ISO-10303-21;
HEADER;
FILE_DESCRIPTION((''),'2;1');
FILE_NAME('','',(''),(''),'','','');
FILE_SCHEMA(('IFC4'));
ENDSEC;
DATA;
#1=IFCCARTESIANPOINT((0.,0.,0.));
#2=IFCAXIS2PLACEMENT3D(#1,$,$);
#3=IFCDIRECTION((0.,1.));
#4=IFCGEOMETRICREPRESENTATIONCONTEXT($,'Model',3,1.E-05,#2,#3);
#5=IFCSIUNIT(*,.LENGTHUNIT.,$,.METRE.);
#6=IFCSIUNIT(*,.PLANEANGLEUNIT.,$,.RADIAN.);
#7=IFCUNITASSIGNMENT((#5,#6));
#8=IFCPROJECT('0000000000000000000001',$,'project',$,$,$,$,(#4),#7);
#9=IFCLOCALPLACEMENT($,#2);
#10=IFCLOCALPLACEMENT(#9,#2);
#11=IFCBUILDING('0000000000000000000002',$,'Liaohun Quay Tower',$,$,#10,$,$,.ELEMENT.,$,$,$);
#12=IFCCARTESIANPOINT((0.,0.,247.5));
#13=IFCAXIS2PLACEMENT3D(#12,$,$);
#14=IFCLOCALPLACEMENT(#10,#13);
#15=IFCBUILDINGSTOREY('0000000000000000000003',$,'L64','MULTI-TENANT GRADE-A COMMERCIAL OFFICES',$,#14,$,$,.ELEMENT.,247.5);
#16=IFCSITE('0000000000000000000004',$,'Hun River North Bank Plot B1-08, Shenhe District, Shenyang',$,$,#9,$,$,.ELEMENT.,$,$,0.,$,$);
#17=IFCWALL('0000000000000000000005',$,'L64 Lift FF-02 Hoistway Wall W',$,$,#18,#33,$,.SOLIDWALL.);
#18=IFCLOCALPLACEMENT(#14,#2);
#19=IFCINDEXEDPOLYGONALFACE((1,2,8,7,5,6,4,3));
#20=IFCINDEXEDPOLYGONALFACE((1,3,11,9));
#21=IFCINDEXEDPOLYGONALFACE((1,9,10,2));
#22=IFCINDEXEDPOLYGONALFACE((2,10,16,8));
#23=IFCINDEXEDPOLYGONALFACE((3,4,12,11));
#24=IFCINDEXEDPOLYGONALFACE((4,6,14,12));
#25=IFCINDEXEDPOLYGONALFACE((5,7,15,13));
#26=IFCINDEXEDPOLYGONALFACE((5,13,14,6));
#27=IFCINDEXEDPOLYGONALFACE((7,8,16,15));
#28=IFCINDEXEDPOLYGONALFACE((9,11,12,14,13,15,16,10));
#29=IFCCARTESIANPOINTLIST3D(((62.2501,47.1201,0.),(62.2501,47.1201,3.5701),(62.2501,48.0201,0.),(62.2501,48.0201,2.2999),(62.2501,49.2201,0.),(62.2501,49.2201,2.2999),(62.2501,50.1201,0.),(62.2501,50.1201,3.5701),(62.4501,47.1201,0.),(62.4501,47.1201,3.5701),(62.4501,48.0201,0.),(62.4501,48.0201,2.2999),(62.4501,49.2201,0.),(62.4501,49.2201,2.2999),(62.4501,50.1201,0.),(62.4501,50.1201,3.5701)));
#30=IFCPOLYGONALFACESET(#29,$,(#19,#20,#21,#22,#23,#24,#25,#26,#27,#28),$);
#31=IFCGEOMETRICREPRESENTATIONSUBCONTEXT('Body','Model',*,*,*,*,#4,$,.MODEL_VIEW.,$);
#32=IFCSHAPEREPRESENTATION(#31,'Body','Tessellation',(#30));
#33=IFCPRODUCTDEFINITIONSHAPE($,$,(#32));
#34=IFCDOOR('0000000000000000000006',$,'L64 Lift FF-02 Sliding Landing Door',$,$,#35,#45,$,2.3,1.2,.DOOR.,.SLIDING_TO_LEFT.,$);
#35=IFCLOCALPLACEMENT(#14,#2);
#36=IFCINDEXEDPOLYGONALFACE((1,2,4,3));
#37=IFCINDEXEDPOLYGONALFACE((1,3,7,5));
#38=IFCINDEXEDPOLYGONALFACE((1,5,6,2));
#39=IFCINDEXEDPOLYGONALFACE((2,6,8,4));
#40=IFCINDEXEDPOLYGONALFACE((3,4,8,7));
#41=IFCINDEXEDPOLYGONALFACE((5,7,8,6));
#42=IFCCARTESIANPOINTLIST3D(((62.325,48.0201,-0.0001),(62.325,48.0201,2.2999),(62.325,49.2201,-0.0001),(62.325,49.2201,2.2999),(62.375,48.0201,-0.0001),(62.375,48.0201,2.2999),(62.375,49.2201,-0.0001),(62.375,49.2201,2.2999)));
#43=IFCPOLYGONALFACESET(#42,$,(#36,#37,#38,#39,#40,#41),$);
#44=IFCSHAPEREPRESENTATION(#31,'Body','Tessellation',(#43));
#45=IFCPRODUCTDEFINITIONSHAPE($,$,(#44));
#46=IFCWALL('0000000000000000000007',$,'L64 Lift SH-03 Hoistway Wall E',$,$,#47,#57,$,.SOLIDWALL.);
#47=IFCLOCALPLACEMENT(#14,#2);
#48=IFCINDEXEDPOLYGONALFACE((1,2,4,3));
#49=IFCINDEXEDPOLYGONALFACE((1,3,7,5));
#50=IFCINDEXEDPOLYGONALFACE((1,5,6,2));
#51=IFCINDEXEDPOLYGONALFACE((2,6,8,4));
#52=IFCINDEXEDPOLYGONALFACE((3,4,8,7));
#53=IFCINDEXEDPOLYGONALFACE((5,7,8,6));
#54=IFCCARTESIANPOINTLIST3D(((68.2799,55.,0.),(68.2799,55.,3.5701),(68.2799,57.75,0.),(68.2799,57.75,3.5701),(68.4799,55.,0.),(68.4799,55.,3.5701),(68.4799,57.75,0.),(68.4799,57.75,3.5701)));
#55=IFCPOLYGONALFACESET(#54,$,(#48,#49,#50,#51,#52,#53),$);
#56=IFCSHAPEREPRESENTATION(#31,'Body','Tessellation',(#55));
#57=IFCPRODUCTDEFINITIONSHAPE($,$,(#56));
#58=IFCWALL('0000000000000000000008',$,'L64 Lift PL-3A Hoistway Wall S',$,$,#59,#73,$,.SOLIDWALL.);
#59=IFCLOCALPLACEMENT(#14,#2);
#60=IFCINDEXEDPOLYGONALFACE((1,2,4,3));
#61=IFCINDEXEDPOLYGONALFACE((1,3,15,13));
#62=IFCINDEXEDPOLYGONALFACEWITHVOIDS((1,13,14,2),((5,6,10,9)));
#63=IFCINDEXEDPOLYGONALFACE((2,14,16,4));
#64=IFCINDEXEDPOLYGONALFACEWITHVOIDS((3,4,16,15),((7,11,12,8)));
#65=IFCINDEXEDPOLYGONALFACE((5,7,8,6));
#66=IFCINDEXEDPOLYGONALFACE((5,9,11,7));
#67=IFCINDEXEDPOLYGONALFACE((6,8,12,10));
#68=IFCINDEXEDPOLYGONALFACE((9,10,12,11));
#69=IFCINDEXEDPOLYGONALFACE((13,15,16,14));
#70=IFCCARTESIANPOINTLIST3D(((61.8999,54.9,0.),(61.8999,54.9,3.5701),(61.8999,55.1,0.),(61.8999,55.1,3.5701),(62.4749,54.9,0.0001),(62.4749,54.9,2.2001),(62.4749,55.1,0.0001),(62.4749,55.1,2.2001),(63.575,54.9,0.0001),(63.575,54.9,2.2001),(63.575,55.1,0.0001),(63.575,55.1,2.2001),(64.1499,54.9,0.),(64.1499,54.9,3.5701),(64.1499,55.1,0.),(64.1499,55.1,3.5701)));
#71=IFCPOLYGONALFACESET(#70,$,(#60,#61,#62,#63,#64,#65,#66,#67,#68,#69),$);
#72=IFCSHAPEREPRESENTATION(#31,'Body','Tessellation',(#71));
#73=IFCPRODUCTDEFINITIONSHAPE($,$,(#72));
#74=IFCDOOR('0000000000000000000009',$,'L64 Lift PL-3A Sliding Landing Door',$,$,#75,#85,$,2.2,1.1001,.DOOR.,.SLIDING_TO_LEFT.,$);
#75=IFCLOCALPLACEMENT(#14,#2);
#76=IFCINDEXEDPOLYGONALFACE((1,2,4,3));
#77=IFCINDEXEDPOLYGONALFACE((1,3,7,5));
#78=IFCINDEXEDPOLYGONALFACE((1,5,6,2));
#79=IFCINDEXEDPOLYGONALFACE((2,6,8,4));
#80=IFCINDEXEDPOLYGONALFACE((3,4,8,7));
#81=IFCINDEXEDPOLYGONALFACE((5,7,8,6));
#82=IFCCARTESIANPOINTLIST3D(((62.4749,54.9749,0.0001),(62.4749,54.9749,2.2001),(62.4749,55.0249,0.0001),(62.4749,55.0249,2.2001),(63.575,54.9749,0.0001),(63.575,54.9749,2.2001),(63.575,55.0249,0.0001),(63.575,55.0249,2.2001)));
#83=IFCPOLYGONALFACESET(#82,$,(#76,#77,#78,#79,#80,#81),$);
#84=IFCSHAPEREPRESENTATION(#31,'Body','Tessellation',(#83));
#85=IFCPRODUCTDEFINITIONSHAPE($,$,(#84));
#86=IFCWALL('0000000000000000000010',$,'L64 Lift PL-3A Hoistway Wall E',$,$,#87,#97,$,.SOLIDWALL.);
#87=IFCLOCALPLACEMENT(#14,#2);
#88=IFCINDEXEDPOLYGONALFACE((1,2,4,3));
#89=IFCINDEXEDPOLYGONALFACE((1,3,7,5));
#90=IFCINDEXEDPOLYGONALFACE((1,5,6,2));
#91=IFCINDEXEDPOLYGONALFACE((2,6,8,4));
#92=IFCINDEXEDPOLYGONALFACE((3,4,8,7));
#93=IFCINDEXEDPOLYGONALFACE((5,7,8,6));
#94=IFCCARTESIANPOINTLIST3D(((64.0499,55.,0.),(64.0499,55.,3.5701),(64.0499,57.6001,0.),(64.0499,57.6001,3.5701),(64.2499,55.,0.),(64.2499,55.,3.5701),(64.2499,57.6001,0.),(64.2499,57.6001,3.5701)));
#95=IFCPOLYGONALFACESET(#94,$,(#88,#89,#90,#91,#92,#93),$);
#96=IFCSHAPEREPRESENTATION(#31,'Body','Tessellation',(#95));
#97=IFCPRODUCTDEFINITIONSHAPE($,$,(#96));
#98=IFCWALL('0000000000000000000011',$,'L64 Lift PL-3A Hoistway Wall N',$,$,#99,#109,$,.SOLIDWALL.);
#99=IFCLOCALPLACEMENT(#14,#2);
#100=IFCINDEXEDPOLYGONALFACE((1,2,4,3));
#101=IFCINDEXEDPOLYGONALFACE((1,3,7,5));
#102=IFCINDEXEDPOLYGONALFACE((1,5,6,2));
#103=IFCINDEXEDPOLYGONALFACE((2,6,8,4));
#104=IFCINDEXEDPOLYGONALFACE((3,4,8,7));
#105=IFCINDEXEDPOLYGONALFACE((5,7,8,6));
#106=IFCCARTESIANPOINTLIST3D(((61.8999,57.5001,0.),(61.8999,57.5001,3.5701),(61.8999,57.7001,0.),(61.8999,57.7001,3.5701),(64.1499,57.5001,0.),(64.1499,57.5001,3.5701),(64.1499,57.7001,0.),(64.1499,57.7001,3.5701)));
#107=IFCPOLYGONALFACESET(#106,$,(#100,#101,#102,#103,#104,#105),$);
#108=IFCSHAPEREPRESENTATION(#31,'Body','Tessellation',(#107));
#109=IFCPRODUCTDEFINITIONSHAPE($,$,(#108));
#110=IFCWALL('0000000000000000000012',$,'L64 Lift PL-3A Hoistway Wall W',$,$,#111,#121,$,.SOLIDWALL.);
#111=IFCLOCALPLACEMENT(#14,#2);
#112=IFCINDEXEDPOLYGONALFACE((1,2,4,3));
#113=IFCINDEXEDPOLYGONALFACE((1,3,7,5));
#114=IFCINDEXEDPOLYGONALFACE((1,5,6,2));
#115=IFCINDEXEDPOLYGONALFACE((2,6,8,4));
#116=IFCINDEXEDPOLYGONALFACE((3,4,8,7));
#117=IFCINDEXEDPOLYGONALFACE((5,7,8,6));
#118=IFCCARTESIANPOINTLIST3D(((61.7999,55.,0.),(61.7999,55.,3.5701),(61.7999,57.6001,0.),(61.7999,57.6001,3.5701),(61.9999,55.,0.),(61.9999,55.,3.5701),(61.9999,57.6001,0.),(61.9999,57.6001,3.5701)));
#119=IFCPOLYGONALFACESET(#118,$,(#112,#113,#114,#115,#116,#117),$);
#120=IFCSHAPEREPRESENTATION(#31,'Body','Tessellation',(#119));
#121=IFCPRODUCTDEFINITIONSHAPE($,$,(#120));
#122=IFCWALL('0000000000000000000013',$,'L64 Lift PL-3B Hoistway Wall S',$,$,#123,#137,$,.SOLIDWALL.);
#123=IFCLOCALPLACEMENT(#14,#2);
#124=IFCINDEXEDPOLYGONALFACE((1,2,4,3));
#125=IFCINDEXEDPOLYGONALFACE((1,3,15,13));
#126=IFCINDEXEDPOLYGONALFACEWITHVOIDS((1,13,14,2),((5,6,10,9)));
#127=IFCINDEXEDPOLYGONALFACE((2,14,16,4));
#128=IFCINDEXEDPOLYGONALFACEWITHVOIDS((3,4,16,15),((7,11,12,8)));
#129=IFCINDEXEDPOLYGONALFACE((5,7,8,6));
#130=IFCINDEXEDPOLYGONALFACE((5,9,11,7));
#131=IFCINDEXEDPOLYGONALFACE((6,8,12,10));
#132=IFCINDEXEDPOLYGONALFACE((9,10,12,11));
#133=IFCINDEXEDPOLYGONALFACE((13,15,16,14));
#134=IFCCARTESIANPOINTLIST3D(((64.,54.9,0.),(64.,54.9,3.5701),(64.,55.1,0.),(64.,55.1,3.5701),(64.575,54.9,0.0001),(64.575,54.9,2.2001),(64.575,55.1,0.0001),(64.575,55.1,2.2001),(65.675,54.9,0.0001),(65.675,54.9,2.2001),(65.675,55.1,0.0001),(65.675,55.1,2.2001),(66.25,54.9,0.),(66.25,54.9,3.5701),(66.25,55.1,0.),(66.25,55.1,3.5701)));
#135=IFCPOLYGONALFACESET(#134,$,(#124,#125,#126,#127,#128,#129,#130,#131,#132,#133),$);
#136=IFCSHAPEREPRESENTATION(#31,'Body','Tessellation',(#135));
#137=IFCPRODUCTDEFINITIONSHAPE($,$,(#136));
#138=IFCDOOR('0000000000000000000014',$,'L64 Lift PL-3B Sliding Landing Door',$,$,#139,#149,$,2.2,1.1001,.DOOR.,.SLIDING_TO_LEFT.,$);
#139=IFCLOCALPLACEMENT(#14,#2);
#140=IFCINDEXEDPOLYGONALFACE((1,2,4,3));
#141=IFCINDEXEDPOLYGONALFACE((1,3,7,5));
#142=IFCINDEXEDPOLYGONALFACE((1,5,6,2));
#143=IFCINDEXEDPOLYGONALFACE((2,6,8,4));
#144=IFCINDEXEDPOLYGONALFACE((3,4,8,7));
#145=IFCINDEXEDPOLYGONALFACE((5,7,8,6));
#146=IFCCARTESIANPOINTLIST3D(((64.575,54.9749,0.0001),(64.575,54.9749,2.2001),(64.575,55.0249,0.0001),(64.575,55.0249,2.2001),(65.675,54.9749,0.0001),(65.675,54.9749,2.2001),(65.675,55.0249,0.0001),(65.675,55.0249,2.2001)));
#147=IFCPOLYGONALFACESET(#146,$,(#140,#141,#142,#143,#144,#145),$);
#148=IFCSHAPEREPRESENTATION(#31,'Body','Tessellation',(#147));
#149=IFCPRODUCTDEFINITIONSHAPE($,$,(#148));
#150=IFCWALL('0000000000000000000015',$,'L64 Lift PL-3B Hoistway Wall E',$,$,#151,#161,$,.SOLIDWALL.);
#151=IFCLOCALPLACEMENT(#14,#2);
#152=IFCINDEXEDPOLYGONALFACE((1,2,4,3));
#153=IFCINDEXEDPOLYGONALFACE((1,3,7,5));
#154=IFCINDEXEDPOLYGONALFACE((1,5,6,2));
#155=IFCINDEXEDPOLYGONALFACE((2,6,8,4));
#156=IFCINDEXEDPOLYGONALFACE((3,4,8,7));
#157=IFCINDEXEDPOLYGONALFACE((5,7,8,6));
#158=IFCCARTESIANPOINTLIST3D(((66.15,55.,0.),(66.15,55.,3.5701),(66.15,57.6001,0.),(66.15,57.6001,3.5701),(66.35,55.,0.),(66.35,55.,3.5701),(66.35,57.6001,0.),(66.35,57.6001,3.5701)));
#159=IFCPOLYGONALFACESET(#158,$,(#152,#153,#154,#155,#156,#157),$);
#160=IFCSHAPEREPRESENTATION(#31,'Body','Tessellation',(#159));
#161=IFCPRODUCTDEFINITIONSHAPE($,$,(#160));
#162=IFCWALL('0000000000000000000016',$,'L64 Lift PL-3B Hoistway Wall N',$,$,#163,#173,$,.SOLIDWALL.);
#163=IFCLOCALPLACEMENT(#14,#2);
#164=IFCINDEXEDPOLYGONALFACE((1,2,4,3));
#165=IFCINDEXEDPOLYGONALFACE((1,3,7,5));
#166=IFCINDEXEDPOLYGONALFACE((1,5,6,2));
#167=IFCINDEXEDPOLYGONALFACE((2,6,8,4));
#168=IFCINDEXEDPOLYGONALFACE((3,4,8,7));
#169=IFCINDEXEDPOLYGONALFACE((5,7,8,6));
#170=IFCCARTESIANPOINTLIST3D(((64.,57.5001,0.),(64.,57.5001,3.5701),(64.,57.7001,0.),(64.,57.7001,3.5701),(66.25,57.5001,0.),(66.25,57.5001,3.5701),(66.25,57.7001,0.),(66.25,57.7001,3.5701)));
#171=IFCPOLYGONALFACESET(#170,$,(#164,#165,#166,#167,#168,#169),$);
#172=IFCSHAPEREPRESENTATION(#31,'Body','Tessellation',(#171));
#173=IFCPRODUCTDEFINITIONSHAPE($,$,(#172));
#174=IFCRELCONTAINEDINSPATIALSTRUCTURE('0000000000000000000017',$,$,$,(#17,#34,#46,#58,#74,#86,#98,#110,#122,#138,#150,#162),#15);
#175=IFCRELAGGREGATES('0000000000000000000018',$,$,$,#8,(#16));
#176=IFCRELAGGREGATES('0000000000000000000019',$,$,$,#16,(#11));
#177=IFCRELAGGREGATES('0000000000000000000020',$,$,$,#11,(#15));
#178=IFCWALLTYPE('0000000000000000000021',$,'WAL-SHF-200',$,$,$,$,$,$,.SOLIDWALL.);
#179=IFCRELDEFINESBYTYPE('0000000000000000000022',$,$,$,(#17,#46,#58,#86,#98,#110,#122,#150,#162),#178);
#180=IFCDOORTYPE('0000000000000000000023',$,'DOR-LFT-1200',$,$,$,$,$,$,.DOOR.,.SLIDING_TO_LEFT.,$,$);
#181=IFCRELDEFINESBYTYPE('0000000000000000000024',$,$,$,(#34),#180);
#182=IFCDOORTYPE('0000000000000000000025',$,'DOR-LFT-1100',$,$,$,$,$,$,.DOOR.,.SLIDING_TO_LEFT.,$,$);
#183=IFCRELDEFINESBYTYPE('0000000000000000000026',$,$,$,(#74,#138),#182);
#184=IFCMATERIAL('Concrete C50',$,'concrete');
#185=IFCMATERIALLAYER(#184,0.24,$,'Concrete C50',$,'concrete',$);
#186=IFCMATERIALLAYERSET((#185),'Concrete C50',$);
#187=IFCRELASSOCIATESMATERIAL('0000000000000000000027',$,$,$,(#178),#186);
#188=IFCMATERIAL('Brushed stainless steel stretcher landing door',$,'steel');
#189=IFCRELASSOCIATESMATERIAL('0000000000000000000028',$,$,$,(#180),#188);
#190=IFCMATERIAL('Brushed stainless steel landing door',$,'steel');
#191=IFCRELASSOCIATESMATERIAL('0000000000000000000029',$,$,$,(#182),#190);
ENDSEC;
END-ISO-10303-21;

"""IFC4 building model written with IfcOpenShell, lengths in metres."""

from ifc_helpers import new_model, si_unit, direction, frame, frame_2d, origin, place, context, subcontext, project, spatial, rectangle, extrude, source, transform, mapped, material, layer, layer_set, type_object, element, fill, save


model = new_model("IFC4")

# Units and contexts
model_context = context("Model", 3, precision=1e-05, world=origin(), true_north=direction((0.0, 1.0)))
body_context = subcontext(model_context, "Body", "Model", "MODEL_VIEW")
ifc_project = project(units=[si_unit("LENGTHUNIT", "METRE"), si_unit("PLANEANGLEUNIT", "RADIAN")], contexts=[model_context])

# Site, building, storey
site_placement = place(None, origin())
site = spatial("IfcSite", under=ifc_project, at=site_placement, Name="Hun River North Bank Plot B1-08, Shenhe District, Shenyang", CompositionType="ELEMENT", RefElevation=0.0)
building_placement = place(site_placement, origin())
building = spatial("IfcBuilding", under=site, at=building_placement, Name="Liaohun Quay Tower", CompositionType="ELEMENT")
storey_placement = place(building_placement, frame((0.0, 0.0, 247.5)))
storey = spatial("IfcBuildingStorey", under=building, at=storey_placement, Name="L64", Description="MULTI-TENANT GRADE-A COMMERCIAL OFFICES", CompositionType="ELEMENT", Elevation=247.5)

# Shared definitions
ifc_material_1 = material(Name="Concrete C50", Category="concrete")
ifc_layer_1 = layer(ifc_material_1, 0.24, Name="Concrete C50", Category="concrete")
ifc_layer_set_1 = layer_set([ifc_layer_1], Name="Concrete C50")
wall_type_1 = type_object("IfcWallType", Name="WAL-SHF-200", PredefinedType="SOLIDWALL", material=ifc_layer_set_1)

# Wall, opening, door
wall_1_placement = place(storey_placement, frame((62.3501, 50.1201, 0.0), z_axis=(0.0, 0.0, 1.0), x_axis=(0.0, -1.0, 0.0)))
wall_1 = element("IfcWall", 1, at=wall_1_placement, inside=storey, type_object=wall_type_1, Name="L64 Lift FF-02 Hoistway Wall W", PredefinedType="SOLIDWALL", context=body_context, shape_type="SweptSolid", body=[
    extrude(rectangle(XDim=3.0, YDim=0.2, at=frame_2d((1.5, 0.0))), origin(), (0.0, 0.0, 1.0), 3.5701),
])
shared_shape_1 = source(origin(), body_context, "Body", "SweptSolid", [
    extrude(rectangle(XDim=1.2, YDim=2.3, at=frame_2d((0.6001, 1.1499))), frame((0.0, 0.1099, 0.0), z_axis=(0.0, -1.0, 0.0), x_axis=(1.0, 0.0, 0.0)), (0.0, 0.0, 1.0), 0.22),
])
opening_1_placement = place(wall_1_placement, frame((0.8999, 0.0, 0.0)))
opening_1 = element("IfcOpeningElement", 2, at=opening_1_placement, cuts=wall_1, PredefinedType="OPENING", context=body_context, shape_type="MappedRepresentation", body=[
    mapped(shared_shape_1, transform((0.0, 0.0, 0.0), x_axis=(1.0, 0.0, 0.0), y_axis=(0.0, 1.0, 0.0), z_axis=(0.0, 0.0, 1.0), scale=1.0)),
])
ifc_material_2 = material(Name="Brushed stainless steel stretcher landing door", Category="steel")
door_type_1 = type_object("IfcDoorType", Name="DOR-LFT-1200", OperationType="SLIDING_TO_LEFT", PredefinedType="DOOR", material=ifc_material_2)
shared_shape_2 = source(origin(), body_context, "Body", "SweptSolid", [
    extrude(rectangle(XDim=1.2, YDim=2.3, at=frame_2d((0.6001, 1.1499))), frame((0.0, 0.0249, 0.0), z_axis=(0.0, -1.0, 0.0), x_axis=(1.0, 0.0, 0.0)), (0.0, 0.0, 1.0), 0.05),
])
door_1_placement = place(opening_1_placement, origin())
door_1 = element("IfcDoor", 3, at=door_1_placement, inside=storey, type_object=door_type_1, Name="L64 Lift FF-02 Sliding Landing Door", OperationType="SLIDING_TO_LEFT", OverallHeight=2.3, OverallWidth=1.2, PredefinedType="DOOR", context=body_context, shape_type="MappedRepresentation", body=[
    mapped(shared_shape_2, transform((0.0, 0.0, 0.0), x_axis=(1.0, 0.0, 0.0), y_axis=(0.0, 1.0, 0.0), z_axis=(0.0, 0.0, 1.0), scale=1.0)),
])
fill(opening_1, door_1)

# Wall
wall_2_placement = place(storey_placement, frame((68.3799, 55.0, 0.0), z_axis=(0.0, 0.0, 1.0), x_axis=(0.0, 1.0, 0.0)))
element("IfcWall", 4, at=wall_2_placement, inside=storey, type_object=wall_type_1, Name="L64 Lift SH-03 Hoistway Wall E", PredefinedType="SOLIDWALL", context=body_context, shape_type="SweptSolid", body=[
    extrude(rectangle(XDim=2.75, YDim=0.2, at=frame_2d((1.375, 0.0))), origin(), (0.0, 0.0, 1.0), 3.5701),
])

# Wall, opening, door
wall_3_placement = place(storey_placement, frame((61.8999, 55.0, 0.0), z_axis=(0.0, 0.0, 1.0), x_axis=(1.0, 0.0, 0.0)))
wall_3 = element("IfcWall", 5, at=wall_3_placement, inside=storey, type_object=wall_type_1, Name="L64 Lift PL-3A Hoistway Wall S", PredefinedType="SOLIDWALL", context=body_context, shape_type="SweptSolid", body=[
    extrude(rectangle(XDim=2.25, YDim=0.2, at=frame_2d((1.125, 0.0))), origin(), (0.0, 0.0, 1.0), 3.5701),
])
shared_shape_3 = source(origin(), body_context, "Body", "SweptSolid", [
    extrude(rectangle(XDim=1.1001, YDim=2.2, at=frame_2d((0.55, 1.1001))), frame((0.0, 0.1099, 0.0), z_axis=(0.0, -1.0, 0.0), x_axis=(1.0, 0.0, 0.0)), (0.0, 0.0, 1.0), 0.22),
])
opening_2_placement = place(wall_3_placement, frame((0.575, 0.0, 0.0)))
opening_2 = element("IfcOpeningElement", 6, at=opening_2_placement, cuts=wall_3, PredefinedType="OPENING", context=body_context, shape_type="MappedRepresentation", body=[
    mapped(shared_shape_3, transform((0.0, 0.0, 0.0), x_axis=(1.0, 0.0, 0.0), y_axis=(0.0, 1.0, 0.0), z_axis=(0.0, 0.0, 1.0), scale=1.0)),
])
ifc_material_3 = material(Name="Brushed stainless steel landing door", Category="steel")
door_type_2 = type_object("IfcDoorType", Name="DOR-LFT-1100", OperationType="SLIDING_TO_LEFT", PredefinedType="DOOR", material=ifc_material_3)
shared_shape_4 = source(origin(), body_context, "Body", "SweptSolid", [
    extrude(rectangle(XDim=1.1001, YDim=2.2, at=frame_2d((0.55, 1.1001))), frame((0.0, 0.0249, 0.0), z_axis=(0.0, -1.0, 0.0), x_axis=(1.0, 0.0, 0.0)), (0.0, 0.0, 1.0), 0.05),
])
door_2_placement = place(opening_2_placement, origin())
door_2 = element("IfcDoor", 7, at=door_2_placement, inside=storey, type_object=door_type_2, Name="L64 Lift PL-3A Sliding Landing Door", OperationType="SLIDING_TO_LEFT", OverallHeight=2.2, OverallWidth=1.1001, PredefinedType="DOOR", context=body_context, shape_type="MappedRepresentation", body=[
    mapped(shared_shape_4, transform((0.0, 0.0, 0.0), x_axis=(1.0, 0.0, 0.0), y_axis=(0.0, 1.0, 0.0), z_axis=(0.0, 0.0, 1.0), scale=1.0)),
])
fill(opening_2, door_2)

# Walls
wall_4_placement = place(storey_placement, frame((64.1499, 55.0, 0.0), z_axis=(0.0, 0.0, 1.0), x_axis=(0.0, 1.0, 0.0)))
element("IfcWall", 8, at=wall_4_placement, inside=storey, type_object=wall_type_1, Name="L64 Lift PL-3A Hoistway Wall E", PredefinedType="SOLIDWALL", context=body_context, shape_type="SweptSolid", body=[
    extrude(rectangle(XDim=2.6001, YDim=0.2, at=frame_2d((1.3, 0.0))), origin(), (0.0, 0.0, 1.0), 3.5701),
])
wall_5_placement = place(storey_placement, frame((64.1499, 57.6001, 0.0), z_axis=(0.0, 0.0, 1.0), x_axis=(-1.0, 0.0, 0.0)))
element("IfcWall", 9, at=wall_5_placement, inside=storey, type_object=wall_type_1, Name="L64 Lift PL-3A Hoistway Wall N", PredefinedType="SOLIDWALL", context=body_context, shape_type="SweptSolid", body=[
    extrude(rectangle(XDim=2.25, YDim=0.2, at=frame_2d((1.125, 0.0))), origin(), (0.0, 0.0, 1.0), 3.5701),
])
wall_6_placement = place(storey_placement, frame((61.8999, 57.6001, 0.0), z_axis=(0.0, 0.0, 1.0), x_axis=(0.0, -1.0, 0.0)))
element("IfcWall", 10, at=wall_6_placement, inside=storey, type_object=wall_type_1, Name="L64 Lift PL-3A Hoistway Wall W", PredefinedType="SOLIDWALL", context=body_context, shape_type="SweptSolid", body=[
    extrude(rectangle(XDim=2.6001, YDim=0.2, at=frame_2d((1.3, 0.0))), origin(), (0.0, 0.0, 1.0), 3.5701),
])

# Wall, opening, door
wall_7_placement = place(storey_placement, frame((64.0, 55.0, 0.0), z_axis=(0.0, 0.0, 1.0), x_axis=(1.0, 0.0, 0.0)))
wall_7 = element("IfcWall", 11, at=wall_7_placement, inside=storey, type_object=wall_type_1, Name="L64 Lift PL-3B Hoistway Wall S", PredefinedType="SOLIDWALL", context=body_context, shape_type="SweptSolid", body=[
    extrude(rectangle(XDim=2.25, YDim=0.2, at=frame_2d((1.125, 0.0))), origin(), (0.0, 0.0, 1.0), 3.5701),
])
opening_3_placement = place(wall_7_placement, frame((0.575, 0.0, 0.0)))
opening_3 = element("IfcOpeningElement", 12, at=opening_3_placement, cuts=wall_7, PredefinedType="OPENING", context=body_context, shape_type="MappedRepresentation", body=[
    mapped(shared_shape_3, transform((0.0, 0.0, 0.0), x_axis=(1.0, 0.0, 0.0), y_axis=(0.0, 1.0, 0.0), z_axis=(0.0, 0.0, 1.0), scale=1.0)),
])
door_3_placement = place(opening_3_placement, origin())
door_3 = element("IfcDoor", 13, at=door_3_placement, inside=storey, type_object=door_type_2, Name="L64 Lift PL-3B Sliding Landing Door", OperationType="SLIDING_TO_LEFT", OverallHeight=2.2, OverallWidth=1.1001, PredefinedType="DOOR", context=body_context, shape_type="MappedRepresentation", body=[
    mapped(shared_shape_4, transform((0.0, 0.0, 0.0), x_axis=(1.0, 0.0, 0.0), y_axis=(0.0, 1.0, 0.0), z_axis=(0.0, 0.0, 1.0), scale=1.0)),
])
fill(opening_3, door_3)

# Walls
wall_8_placement = place(storey_placement, frame((66.25, 55.0, 0.0), z_axis=(0.0, 0.0, 1.0), x_axis=(0.0, 1.0, 0.0)))
element("IfcWall", 14, at=wall_8_placement, inside=storey, type_object=wall_type_1, Name="L64 Lift PL-3B Hoistway Wall E", PredefinedType="SOLIDWALL", context=body_context, shape_type="SweptSolid", body=[
    extrude(rectangle(XDim=2.6001, YDim=0.2, at=frame_2d((1.3, 0.0))), origin(), (0.0, 0.0, 1.0), 3.5701),
])
wall_9_placement = place(storey_placement, frame((66.25, 57.6001, 0.0), z_axis=(0.0, 0.0, 1.0), x_axis=(-1.0, 0.0, 0.0)))
element("IfcWall", 15, at=wall_9_placement, inside=storey, type_object=wall_type_1, Name="L64 Lift PL-3B Hoistway Wall N", PredefinedType="SOLIDWALL", context=body_context, shape_type="SweptSolid", body=[
    extrude(rectangle(XDim=2.25, YDim=0.2, at=frame_2d((1.125, 0.0))), origin(), (0.0, 0.0, 1.0), 3.5701),
])

save(model, "model.ifc")
